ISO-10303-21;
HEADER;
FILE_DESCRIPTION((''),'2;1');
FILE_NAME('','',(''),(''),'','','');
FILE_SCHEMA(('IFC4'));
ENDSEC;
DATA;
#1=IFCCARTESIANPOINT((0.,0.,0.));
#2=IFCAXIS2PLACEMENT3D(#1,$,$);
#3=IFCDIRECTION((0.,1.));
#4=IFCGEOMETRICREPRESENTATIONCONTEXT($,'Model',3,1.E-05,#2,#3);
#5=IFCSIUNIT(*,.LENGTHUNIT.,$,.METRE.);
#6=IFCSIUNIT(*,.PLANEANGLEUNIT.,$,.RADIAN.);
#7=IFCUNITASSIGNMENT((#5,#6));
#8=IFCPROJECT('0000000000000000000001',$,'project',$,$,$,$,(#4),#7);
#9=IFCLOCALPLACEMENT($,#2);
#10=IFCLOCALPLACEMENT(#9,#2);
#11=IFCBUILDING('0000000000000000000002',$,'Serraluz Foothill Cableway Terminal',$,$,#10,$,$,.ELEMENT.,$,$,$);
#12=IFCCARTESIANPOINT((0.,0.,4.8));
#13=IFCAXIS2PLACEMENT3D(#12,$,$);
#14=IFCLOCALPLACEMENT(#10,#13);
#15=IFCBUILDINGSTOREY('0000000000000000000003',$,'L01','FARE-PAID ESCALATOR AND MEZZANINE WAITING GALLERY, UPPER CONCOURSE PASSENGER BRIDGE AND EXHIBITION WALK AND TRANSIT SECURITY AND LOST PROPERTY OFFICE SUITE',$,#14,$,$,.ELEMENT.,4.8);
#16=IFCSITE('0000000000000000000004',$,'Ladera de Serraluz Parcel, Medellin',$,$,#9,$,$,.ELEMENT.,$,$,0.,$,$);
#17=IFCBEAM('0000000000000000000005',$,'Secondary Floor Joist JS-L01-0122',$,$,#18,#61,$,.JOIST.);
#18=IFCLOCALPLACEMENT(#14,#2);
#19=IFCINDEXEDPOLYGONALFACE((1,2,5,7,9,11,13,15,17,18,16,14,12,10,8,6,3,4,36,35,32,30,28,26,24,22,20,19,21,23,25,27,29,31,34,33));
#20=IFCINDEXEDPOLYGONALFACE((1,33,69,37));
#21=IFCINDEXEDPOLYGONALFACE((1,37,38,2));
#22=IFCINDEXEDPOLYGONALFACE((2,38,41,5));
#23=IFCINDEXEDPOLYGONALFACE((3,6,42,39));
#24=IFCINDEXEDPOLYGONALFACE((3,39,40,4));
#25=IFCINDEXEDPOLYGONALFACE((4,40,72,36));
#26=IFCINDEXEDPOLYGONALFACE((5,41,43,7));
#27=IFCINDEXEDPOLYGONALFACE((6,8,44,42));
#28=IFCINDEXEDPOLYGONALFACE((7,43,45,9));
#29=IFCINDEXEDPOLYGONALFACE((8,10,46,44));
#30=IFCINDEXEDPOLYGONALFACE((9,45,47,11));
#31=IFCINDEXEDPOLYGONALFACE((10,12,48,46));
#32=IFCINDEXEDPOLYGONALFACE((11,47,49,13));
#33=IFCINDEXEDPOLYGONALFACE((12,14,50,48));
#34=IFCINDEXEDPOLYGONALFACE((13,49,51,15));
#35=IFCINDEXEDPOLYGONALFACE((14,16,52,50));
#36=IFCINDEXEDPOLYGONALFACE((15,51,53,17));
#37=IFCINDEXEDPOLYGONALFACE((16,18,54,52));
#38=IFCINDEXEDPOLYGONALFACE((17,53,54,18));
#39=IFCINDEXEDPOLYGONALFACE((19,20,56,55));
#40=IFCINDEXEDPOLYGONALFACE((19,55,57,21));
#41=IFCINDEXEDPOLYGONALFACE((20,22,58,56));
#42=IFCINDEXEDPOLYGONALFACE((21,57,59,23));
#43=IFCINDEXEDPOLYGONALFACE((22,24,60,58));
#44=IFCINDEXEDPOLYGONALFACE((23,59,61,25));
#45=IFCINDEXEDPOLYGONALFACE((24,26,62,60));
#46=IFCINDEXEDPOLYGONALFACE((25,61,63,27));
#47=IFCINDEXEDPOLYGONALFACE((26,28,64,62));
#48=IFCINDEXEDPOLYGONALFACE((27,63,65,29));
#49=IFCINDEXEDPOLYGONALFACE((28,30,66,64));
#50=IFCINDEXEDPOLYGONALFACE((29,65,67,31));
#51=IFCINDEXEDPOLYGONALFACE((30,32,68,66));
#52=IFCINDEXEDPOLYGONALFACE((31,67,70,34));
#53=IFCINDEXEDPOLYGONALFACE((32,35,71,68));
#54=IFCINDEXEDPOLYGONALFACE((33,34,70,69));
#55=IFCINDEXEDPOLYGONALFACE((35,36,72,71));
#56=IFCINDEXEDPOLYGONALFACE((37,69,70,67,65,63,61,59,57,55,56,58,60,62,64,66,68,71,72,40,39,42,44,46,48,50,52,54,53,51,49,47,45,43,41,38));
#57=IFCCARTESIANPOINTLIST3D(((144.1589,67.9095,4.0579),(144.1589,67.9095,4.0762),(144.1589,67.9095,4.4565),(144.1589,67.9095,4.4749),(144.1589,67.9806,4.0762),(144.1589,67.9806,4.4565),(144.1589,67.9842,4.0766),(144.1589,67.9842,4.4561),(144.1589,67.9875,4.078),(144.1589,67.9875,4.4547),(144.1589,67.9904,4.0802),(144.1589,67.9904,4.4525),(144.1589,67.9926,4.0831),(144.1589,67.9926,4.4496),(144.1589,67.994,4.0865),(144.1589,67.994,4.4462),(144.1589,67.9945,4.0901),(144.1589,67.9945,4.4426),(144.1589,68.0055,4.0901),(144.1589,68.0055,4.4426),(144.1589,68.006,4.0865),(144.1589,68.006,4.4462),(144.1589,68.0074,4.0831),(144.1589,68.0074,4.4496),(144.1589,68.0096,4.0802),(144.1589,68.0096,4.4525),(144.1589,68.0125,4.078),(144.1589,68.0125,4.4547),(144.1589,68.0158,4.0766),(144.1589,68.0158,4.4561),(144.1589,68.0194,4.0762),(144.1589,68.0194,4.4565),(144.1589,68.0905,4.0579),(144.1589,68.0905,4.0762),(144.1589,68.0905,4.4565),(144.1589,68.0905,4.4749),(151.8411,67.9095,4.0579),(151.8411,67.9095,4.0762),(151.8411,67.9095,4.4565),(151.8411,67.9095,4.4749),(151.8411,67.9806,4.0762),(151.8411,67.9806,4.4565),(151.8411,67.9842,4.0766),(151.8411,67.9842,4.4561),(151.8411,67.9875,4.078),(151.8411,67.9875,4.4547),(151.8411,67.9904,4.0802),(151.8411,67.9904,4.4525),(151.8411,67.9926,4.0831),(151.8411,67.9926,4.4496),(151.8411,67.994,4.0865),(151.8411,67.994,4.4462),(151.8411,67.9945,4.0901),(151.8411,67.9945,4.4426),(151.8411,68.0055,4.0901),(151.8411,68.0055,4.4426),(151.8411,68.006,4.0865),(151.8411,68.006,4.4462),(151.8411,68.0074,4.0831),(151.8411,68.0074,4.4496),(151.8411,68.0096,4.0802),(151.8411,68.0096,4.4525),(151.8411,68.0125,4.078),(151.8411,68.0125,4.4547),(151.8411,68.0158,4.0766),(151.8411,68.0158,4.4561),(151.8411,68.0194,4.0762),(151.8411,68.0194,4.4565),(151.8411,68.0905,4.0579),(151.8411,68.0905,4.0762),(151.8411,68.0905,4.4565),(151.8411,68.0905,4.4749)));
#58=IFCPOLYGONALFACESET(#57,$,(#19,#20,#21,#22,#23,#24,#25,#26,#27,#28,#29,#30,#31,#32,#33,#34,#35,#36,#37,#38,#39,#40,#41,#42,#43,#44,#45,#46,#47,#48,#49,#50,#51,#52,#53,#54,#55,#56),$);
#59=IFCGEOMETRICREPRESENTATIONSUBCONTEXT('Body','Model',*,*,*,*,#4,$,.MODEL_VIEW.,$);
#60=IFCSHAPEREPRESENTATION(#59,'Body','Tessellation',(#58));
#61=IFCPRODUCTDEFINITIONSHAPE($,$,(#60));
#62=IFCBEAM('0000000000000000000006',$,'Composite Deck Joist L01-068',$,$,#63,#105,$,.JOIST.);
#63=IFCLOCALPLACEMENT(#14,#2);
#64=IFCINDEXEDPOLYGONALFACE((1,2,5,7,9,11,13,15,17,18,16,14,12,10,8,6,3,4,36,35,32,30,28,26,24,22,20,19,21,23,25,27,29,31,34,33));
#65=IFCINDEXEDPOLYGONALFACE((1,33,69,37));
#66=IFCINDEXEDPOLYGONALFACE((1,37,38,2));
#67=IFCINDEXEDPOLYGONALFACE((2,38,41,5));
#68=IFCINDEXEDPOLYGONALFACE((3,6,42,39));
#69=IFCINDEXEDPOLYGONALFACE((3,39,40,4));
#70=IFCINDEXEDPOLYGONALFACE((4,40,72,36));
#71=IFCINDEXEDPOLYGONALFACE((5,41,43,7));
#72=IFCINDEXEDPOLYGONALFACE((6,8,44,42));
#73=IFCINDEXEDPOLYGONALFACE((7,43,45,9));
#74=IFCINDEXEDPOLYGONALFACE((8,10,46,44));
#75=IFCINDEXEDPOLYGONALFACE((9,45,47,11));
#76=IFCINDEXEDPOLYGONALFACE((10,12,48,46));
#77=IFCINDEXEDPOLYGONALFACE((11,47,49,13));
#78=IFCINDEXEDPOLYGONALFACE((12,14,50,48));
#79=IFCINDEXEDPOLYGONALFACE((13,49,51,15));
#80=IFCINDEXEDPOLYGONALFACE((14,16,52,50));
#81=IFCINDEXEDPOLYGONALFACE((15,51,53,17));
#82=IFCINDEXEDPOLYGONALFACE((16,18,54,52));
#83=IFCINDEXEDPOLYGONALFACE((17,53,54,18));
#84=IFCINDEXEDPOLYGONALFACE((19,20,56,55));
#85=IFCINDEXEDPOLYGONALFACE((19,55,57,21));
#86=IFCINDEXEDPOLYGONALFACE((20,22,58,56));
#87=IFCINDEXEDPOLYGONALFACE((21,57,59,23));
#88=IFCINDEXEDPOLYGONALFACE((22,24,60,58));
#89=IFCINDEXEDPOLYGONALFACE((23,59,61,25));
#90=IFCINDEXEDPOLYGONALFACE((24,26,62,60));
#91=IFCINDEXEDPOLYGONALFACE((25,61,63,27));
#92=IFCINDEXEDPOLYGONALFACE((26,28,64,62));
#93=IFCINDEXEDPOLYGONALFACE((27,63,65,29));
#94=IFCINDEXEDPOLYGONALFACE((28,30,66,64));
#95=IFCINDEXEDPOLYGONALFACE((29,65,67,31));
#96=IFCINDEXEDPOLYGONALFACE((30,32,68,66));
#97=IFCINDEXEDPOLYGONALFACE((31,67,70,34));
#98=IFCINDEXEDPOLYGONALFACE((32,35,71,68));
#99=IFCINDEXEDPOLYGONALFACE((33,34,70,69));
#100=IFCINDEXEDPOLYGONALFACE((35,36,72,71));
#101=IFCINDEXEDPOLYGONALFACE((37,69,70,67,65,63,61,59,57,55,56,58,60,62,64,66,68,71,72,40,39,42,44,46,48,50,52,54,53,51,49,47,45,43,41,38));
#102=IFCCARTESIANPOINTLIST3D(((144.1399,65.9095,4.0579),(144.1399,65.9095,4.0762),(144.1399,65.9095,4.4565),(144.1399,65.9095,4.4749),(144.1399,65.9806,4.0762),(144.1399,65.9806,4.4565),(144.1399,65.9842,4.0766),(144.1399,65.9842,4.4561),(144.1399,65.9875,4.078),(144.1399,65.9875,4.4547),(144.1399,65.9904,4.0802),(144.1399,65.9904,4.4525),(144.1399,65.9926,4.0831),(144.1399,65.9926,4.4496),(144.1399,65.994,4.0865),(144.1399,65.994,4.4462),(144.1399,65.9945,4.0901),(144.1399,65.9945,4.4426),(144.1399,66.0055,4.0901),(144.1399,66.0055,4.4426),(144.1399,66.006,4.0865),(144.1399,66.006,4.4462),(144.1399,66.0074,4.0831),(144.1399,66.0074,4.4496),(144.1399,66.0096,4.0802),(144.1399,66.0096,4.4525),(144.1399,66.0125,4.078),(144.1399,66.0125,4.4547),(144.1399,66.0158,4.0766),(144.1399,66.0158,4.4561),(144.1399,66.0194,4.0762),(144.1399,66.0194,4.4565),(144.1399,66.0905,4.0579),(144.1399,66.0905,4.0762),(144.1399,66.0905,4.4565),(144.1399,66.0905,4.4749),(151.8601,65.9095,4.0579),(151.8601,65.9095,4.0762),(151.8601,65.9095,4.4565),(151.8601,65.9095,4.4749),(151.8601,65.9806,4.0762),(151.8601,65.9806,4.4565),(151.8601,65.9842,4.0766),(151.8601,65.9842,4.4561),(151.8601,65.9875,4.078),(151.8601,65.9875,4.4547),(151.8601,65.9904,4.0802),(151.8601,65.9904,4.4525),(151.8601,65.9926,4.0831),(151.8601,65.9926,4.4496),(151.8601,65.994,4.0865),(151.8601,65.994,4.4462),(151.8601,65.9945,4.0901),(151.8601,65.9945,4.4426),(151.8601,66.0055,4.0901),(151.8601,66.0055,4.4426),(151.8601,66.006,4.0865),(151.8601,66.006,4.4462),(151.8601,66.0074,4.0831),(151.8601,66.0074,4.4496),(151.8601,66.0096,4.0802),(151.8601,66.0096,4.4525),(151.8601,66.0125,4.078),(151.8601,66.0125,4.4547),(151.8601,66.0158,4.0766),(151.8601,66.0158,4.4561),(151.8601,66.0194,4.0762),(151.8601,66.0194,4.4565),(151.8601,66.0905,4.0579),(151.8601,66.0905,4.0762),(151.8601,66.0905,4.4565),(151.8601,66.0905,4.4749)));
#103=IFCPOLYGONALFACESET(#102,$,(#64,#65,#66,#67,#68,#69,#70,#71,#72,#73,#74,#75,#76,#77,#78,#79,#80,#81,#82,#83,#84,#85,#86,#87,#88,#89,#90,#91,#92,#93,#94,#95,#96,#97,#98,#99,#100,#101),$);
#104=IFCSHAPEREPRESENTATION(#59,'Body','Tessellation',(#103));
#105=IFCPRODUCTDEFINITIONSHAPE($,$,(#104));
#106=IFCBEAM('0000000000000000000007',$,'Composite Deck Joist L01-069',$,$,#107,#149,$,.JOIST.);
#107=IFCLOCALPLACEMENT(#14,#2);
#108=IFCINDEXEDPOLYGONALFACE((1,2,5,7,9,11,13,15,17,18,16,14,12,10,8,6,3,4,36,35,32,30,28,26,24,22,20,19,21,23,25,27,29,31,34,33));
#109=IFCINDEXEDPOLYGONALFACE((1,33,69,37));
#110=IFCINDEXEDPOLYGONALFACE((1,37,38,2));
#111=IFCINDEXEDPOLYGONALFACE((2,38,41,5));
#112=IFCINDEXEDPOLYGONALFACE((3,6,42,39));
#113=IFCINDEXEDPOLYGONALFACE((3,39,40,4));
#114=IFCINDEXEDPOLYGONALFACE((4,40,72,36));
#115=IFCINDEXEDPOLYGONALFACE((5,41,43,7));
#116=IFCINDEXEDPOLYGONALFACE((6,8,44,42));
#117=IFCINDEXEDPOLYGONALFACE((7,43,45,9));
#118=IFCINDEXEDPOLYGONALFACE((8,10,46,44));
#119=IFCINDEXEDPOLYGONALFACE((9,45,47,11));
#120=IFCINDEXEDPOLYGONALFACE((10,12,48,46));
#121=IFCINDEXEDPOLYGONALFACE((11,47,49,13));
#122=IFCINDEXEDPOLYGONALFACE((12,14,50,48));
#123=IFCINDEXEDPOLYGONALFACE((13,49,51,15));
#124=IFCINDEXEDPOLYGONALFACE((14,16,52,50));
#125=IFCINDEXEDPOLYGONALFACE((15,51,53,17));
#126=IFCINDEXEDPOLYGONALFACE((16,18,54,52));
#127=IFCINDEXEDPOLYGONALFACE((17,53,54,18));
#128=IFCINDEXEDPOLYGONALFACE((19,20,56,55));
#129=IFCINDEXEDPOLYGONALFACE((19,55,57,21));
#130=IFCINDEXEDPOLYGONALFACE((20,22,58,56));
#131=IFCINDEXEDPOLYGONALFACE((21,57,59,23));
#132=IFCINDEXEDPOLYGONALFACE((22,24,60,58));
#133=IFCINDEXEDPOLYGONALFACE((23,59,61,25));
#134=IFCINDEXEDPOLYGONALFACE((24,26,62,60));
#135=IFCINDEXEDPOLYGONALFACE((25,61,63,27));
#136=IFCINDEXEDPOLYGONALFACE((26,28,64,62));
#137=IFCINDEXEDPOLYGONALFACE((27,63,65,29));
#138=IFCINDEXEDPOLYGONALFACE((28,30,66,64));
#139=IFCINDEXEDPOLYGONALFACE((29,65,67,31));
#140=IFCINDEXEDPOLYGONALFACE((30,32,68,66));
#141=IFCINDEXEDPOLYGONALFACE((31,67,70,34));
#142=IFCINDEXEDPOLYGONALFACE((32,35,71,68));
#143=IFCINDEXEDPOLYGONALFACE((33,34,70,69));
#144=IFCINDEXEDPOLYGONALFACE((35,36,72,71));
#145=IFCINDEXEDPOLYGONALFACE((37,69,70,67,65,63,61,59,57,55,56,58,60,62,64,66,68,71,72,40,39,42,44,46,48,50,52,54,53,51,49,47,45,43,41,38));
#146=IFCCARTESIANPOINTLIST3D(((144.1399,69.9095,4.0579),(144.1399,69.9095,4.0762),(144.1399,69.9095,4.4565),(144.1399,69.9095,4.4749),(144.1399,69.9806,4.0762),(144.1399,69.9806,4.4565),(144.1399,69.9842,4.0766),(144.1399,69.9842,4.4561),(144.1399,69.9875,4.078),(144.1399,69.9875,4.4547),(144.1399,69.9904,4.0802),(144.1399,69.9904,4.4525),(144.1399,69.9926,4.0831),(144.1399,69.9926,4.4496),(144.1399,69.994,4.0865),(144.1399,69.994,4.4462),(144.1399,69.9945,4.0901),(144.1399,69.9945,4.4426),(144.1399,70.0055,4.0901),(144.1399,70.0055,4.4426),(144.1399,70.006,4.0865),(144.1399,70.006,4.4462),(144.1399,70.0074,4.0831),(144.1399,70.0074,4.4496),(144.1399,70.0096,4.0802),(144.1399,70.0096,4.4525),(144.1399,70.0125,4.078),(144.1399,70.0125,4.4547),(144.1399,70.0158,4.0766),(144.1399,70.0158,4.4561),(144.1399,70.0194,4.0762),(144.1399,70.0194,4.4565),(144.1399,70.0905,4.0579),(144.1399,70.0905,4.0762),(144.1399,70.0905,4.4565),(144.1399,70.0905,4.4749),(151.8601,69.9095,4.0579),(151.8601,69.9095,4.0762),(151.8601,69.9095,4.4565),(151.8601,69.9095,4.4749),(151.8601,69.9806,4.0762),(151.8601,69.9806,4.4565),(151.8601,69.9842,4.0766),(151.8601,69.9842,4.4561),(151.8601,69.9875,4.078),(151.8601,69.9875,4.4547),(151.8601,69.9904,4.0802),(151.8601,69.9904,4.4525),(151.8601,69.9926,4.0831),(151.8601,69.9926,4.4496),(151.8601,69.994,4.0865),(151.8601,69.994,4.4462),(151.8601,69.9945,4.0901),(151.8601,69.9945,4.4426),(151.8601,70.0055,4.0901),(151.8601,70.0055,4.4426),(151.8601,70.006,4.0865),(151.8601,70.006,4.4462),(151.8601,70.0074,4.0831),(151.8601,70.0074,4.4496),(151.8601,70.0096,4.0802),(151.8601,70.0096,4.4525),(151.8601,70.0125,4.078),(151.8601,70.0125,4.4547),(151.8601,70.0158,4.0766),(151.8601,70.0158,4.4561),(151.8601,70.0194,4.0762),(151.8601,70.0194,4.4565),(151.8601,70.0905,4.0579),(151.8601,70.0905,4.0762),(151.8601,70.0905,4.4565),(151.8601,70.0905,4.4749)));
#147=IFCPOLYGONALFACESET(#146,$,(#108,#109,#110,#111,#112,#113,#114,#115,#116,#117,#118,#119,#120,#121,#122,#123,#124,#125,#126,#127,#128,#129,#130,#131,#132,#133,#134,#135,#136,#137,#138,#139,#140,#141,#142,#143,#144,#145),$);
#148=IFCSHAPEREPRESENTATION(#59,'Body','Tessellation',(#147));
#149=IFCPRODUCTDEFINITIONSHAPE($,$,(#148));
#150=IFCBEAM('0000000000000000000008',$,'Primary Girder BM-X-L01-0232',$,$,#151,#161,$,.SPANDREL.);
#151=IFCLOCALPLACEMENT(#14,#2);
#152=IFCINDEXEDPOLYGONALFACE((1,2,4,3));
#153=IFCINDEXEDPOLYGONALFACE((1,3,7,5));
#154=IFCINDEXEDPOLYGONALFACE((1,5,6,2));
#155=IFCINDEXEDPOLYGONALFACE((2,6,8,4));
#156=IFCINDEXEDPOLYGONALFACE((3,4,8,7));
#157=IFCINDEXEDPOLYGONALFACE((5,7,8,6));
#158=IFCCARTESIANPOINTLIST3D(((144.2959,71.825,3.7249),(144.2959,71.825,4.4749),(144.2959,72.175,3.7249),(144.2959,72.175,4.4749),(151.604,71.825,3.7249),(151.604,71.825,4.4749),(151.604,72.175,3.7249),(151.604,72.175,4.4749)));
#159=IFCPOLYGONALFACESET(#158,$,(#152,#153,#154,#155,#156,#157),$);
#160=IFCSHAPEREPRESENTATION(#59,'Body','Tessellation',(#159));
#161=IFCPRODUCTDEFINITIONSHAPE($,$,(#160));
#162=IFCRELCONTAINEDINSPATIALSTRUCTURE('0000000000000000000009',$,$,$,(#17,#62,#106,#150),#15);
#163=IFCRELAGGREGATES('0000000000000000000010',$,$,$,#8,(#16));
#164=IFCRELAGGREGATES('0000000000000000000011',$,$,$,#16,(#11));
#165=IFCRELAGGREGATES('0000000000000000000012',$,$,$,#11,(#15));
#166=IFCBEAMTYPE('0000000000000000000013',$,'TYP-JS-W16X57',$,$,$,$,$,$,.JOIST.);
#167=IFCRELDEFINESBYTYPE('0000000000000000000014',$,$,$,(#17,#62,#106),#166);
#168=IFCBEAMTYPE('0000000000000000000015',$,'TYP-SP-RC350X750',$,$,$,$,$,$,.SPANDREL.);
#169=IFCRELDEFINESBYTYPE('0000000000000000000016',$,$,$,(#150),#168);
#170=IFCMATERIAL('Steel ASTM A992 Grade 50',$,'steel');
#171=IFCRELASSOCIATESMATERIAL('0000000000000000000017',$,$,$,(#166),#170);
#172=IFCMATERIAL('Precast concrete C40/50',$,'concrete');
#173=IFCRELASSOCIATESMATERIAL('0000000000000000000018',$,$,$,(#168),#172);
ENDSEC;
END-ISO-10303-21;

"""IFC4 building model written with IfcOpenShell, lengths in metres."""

from ifc_helpers import new_model, si_unit, direction, frame, origin, origin_2d, place, context, subcontext, project, spatial, rectangle, i_section, extrude, material, material_profile, profile_set, type_object, element, save


model = new_model("IFC4")

# Units and contexts
model_context = context("Model", 3, precision=1e-05, world=origin(), true_north=direction((0.0, 1.0)))
body_context = subcontext(model_context, "Body", "Model", "MODEL_VIEW")
ifc_project = project(units=[si_unit("LENGTHUNIT", "METRE"), si_unit("PLANEANGLEUNIT", "RADIAN")], contexts=[model_context])

# Site, building, storey
site_placement = place(None, origin())
site = spatial("IfcSite", under=ifc_project, at=site_placement, Name="Ladera de Serraluz Parcel, Medellin", CompositionType="ELEMENT", RefElevation=0.0)
building_placement = place(site_placement, origin())
building = spatial("IfcBuilding", under=site, at=building_placement, Name="Serraluz Foothill Cableway Terminal", CompositionType="ELEMENT")
storey_placement = place(building_placement, frame((0.0, 0.0, 4.8)))
storey = spatial("IfcBuildingStorey", under=building, at=storey_placement, Name="L01", Description="FARE-PAID ESCALATOR AND MEZZANINE WAITING GALLERY, UPPER CONCOURSE PASSENGER BRIDGE AND EXHIBITION WALK AND TRANSIT SECURITY AND LOST PROPERTY OFFICE SUITE", CompositionType="ELEMENT", Elevation=4.8)

# Beams
ifc_material_1 = material(Name="Steel ASTM A992 Grade 50", Category="steel")
ifc_material_profile_1 = material_profile(ifc_material_1, i_section(OverallWidth=0.1809, OverallDepth=0.417, WebThickness=0.011, FlangeThickness=0.0183, FilletRadius=0.0139, at=origin_2d()), Name="W16X57")
ifc_profile_set_1 = profile_set([ifc_material_profile_1], Name="Steel ASTM A992 Grade 50")
beam_type_1 = type_object("IfcBeamType", Name="TYP-JS-W16X57", PredefinedType="JOIST", material=ifc_profile_set_1)
beam_1_placement = place(storey_placement, frame((144.1589, 68.0, 4.2664), z_axis=(1.0, 0.0, 0.0), x_axis=(0.0, 1.0, 0.0)))
element("IfcBeam", 1, at=beam_1_placement, inside=storey, type_object=beam_type_1, Name="Secondary Floor Joist JS-L01-0122", PredefinedType="JOIST", context=body_context, shape_type="SweptSolid", body=[
    extrude(i_section(OverallWidth=0.1809, OverallDepth=0.417, WebThickness=0.011, FlangeThickness=0.0183, FilletRadius=0.0139, at=origin_2d()), origin(), (0.0, 0.0, 1.0), 7.6821),
])
for number, where, z_axis, x_axis, name in (
    (2, (144.1399, 66.0, 4.2664), (1.0, 0.0, 0.0), (0.0, 1.0, 0.0), "Composite Deck Joist L01-068"),
    (3, (144.1399, 70.0, 4.2664), (1.0, 0.0, 0.0), (0.0, 1.0, 0.0), "Composite Deck Joist L01-069"),
):
    element("IfcBeam", number, at=place(storey_placement, frame(where, z_axis=z_axis, x_axis=x_axis)), inside=storey, type_object=beam_type_1, Name=name, PredefinedType="JOIST", context=body_context, shape_type="SweptSolid", body=[
        extrude(i_section(OverallWidth=0.1809, OverallDepth=0.417, WebThickness=0.011, FlangeThickness=0.0183, FilletRadius=0.0139, at=origin_2d()), origin(), (0.0, 0.0, 1.0), 7.7202),
    ])
ifc_material_2 = material(Name="Precast concrete C40/50", Category="concrete")
ifc_material_profile_2 = material_profile(ifc_material_2, rectangle(XDim=0.3501, YDim=0.75, at=origin_2d()), Name="RC SP 350x750")
ifc_profile_set_2 = profile_set([ifc_material_profile_2], Name="Precast concrete C40/50")
beam_type_2 = type_object("IfcBeamType", Name="TYP-SP-RC350X750", PredefinedType="SPANDREL", material=ifc_profile_set_2)
beam_2_placement = place(storey_placement, frame((144.2959, 72.0, 4.0999), z_axis=(1.0, 0.0, 0.0), x_axis=(0.0, 1.0, 0.0)))
element("IfcBeam", 4, at=beam_2_placement, inside=storey, type_object=beam_type_2, Name="Primary Girder BM-X-L01-0232", PredefinedType="SPANDREL", context=body_context, shape_type="SweptSolid", body=[
    extrude(rectangle(XDim=0.3501, YDim=0.75, at=origin_2d()), origin(), (0.0, 0.0, 1.0), 7.3081),
])

save(model, "model.ifc")
